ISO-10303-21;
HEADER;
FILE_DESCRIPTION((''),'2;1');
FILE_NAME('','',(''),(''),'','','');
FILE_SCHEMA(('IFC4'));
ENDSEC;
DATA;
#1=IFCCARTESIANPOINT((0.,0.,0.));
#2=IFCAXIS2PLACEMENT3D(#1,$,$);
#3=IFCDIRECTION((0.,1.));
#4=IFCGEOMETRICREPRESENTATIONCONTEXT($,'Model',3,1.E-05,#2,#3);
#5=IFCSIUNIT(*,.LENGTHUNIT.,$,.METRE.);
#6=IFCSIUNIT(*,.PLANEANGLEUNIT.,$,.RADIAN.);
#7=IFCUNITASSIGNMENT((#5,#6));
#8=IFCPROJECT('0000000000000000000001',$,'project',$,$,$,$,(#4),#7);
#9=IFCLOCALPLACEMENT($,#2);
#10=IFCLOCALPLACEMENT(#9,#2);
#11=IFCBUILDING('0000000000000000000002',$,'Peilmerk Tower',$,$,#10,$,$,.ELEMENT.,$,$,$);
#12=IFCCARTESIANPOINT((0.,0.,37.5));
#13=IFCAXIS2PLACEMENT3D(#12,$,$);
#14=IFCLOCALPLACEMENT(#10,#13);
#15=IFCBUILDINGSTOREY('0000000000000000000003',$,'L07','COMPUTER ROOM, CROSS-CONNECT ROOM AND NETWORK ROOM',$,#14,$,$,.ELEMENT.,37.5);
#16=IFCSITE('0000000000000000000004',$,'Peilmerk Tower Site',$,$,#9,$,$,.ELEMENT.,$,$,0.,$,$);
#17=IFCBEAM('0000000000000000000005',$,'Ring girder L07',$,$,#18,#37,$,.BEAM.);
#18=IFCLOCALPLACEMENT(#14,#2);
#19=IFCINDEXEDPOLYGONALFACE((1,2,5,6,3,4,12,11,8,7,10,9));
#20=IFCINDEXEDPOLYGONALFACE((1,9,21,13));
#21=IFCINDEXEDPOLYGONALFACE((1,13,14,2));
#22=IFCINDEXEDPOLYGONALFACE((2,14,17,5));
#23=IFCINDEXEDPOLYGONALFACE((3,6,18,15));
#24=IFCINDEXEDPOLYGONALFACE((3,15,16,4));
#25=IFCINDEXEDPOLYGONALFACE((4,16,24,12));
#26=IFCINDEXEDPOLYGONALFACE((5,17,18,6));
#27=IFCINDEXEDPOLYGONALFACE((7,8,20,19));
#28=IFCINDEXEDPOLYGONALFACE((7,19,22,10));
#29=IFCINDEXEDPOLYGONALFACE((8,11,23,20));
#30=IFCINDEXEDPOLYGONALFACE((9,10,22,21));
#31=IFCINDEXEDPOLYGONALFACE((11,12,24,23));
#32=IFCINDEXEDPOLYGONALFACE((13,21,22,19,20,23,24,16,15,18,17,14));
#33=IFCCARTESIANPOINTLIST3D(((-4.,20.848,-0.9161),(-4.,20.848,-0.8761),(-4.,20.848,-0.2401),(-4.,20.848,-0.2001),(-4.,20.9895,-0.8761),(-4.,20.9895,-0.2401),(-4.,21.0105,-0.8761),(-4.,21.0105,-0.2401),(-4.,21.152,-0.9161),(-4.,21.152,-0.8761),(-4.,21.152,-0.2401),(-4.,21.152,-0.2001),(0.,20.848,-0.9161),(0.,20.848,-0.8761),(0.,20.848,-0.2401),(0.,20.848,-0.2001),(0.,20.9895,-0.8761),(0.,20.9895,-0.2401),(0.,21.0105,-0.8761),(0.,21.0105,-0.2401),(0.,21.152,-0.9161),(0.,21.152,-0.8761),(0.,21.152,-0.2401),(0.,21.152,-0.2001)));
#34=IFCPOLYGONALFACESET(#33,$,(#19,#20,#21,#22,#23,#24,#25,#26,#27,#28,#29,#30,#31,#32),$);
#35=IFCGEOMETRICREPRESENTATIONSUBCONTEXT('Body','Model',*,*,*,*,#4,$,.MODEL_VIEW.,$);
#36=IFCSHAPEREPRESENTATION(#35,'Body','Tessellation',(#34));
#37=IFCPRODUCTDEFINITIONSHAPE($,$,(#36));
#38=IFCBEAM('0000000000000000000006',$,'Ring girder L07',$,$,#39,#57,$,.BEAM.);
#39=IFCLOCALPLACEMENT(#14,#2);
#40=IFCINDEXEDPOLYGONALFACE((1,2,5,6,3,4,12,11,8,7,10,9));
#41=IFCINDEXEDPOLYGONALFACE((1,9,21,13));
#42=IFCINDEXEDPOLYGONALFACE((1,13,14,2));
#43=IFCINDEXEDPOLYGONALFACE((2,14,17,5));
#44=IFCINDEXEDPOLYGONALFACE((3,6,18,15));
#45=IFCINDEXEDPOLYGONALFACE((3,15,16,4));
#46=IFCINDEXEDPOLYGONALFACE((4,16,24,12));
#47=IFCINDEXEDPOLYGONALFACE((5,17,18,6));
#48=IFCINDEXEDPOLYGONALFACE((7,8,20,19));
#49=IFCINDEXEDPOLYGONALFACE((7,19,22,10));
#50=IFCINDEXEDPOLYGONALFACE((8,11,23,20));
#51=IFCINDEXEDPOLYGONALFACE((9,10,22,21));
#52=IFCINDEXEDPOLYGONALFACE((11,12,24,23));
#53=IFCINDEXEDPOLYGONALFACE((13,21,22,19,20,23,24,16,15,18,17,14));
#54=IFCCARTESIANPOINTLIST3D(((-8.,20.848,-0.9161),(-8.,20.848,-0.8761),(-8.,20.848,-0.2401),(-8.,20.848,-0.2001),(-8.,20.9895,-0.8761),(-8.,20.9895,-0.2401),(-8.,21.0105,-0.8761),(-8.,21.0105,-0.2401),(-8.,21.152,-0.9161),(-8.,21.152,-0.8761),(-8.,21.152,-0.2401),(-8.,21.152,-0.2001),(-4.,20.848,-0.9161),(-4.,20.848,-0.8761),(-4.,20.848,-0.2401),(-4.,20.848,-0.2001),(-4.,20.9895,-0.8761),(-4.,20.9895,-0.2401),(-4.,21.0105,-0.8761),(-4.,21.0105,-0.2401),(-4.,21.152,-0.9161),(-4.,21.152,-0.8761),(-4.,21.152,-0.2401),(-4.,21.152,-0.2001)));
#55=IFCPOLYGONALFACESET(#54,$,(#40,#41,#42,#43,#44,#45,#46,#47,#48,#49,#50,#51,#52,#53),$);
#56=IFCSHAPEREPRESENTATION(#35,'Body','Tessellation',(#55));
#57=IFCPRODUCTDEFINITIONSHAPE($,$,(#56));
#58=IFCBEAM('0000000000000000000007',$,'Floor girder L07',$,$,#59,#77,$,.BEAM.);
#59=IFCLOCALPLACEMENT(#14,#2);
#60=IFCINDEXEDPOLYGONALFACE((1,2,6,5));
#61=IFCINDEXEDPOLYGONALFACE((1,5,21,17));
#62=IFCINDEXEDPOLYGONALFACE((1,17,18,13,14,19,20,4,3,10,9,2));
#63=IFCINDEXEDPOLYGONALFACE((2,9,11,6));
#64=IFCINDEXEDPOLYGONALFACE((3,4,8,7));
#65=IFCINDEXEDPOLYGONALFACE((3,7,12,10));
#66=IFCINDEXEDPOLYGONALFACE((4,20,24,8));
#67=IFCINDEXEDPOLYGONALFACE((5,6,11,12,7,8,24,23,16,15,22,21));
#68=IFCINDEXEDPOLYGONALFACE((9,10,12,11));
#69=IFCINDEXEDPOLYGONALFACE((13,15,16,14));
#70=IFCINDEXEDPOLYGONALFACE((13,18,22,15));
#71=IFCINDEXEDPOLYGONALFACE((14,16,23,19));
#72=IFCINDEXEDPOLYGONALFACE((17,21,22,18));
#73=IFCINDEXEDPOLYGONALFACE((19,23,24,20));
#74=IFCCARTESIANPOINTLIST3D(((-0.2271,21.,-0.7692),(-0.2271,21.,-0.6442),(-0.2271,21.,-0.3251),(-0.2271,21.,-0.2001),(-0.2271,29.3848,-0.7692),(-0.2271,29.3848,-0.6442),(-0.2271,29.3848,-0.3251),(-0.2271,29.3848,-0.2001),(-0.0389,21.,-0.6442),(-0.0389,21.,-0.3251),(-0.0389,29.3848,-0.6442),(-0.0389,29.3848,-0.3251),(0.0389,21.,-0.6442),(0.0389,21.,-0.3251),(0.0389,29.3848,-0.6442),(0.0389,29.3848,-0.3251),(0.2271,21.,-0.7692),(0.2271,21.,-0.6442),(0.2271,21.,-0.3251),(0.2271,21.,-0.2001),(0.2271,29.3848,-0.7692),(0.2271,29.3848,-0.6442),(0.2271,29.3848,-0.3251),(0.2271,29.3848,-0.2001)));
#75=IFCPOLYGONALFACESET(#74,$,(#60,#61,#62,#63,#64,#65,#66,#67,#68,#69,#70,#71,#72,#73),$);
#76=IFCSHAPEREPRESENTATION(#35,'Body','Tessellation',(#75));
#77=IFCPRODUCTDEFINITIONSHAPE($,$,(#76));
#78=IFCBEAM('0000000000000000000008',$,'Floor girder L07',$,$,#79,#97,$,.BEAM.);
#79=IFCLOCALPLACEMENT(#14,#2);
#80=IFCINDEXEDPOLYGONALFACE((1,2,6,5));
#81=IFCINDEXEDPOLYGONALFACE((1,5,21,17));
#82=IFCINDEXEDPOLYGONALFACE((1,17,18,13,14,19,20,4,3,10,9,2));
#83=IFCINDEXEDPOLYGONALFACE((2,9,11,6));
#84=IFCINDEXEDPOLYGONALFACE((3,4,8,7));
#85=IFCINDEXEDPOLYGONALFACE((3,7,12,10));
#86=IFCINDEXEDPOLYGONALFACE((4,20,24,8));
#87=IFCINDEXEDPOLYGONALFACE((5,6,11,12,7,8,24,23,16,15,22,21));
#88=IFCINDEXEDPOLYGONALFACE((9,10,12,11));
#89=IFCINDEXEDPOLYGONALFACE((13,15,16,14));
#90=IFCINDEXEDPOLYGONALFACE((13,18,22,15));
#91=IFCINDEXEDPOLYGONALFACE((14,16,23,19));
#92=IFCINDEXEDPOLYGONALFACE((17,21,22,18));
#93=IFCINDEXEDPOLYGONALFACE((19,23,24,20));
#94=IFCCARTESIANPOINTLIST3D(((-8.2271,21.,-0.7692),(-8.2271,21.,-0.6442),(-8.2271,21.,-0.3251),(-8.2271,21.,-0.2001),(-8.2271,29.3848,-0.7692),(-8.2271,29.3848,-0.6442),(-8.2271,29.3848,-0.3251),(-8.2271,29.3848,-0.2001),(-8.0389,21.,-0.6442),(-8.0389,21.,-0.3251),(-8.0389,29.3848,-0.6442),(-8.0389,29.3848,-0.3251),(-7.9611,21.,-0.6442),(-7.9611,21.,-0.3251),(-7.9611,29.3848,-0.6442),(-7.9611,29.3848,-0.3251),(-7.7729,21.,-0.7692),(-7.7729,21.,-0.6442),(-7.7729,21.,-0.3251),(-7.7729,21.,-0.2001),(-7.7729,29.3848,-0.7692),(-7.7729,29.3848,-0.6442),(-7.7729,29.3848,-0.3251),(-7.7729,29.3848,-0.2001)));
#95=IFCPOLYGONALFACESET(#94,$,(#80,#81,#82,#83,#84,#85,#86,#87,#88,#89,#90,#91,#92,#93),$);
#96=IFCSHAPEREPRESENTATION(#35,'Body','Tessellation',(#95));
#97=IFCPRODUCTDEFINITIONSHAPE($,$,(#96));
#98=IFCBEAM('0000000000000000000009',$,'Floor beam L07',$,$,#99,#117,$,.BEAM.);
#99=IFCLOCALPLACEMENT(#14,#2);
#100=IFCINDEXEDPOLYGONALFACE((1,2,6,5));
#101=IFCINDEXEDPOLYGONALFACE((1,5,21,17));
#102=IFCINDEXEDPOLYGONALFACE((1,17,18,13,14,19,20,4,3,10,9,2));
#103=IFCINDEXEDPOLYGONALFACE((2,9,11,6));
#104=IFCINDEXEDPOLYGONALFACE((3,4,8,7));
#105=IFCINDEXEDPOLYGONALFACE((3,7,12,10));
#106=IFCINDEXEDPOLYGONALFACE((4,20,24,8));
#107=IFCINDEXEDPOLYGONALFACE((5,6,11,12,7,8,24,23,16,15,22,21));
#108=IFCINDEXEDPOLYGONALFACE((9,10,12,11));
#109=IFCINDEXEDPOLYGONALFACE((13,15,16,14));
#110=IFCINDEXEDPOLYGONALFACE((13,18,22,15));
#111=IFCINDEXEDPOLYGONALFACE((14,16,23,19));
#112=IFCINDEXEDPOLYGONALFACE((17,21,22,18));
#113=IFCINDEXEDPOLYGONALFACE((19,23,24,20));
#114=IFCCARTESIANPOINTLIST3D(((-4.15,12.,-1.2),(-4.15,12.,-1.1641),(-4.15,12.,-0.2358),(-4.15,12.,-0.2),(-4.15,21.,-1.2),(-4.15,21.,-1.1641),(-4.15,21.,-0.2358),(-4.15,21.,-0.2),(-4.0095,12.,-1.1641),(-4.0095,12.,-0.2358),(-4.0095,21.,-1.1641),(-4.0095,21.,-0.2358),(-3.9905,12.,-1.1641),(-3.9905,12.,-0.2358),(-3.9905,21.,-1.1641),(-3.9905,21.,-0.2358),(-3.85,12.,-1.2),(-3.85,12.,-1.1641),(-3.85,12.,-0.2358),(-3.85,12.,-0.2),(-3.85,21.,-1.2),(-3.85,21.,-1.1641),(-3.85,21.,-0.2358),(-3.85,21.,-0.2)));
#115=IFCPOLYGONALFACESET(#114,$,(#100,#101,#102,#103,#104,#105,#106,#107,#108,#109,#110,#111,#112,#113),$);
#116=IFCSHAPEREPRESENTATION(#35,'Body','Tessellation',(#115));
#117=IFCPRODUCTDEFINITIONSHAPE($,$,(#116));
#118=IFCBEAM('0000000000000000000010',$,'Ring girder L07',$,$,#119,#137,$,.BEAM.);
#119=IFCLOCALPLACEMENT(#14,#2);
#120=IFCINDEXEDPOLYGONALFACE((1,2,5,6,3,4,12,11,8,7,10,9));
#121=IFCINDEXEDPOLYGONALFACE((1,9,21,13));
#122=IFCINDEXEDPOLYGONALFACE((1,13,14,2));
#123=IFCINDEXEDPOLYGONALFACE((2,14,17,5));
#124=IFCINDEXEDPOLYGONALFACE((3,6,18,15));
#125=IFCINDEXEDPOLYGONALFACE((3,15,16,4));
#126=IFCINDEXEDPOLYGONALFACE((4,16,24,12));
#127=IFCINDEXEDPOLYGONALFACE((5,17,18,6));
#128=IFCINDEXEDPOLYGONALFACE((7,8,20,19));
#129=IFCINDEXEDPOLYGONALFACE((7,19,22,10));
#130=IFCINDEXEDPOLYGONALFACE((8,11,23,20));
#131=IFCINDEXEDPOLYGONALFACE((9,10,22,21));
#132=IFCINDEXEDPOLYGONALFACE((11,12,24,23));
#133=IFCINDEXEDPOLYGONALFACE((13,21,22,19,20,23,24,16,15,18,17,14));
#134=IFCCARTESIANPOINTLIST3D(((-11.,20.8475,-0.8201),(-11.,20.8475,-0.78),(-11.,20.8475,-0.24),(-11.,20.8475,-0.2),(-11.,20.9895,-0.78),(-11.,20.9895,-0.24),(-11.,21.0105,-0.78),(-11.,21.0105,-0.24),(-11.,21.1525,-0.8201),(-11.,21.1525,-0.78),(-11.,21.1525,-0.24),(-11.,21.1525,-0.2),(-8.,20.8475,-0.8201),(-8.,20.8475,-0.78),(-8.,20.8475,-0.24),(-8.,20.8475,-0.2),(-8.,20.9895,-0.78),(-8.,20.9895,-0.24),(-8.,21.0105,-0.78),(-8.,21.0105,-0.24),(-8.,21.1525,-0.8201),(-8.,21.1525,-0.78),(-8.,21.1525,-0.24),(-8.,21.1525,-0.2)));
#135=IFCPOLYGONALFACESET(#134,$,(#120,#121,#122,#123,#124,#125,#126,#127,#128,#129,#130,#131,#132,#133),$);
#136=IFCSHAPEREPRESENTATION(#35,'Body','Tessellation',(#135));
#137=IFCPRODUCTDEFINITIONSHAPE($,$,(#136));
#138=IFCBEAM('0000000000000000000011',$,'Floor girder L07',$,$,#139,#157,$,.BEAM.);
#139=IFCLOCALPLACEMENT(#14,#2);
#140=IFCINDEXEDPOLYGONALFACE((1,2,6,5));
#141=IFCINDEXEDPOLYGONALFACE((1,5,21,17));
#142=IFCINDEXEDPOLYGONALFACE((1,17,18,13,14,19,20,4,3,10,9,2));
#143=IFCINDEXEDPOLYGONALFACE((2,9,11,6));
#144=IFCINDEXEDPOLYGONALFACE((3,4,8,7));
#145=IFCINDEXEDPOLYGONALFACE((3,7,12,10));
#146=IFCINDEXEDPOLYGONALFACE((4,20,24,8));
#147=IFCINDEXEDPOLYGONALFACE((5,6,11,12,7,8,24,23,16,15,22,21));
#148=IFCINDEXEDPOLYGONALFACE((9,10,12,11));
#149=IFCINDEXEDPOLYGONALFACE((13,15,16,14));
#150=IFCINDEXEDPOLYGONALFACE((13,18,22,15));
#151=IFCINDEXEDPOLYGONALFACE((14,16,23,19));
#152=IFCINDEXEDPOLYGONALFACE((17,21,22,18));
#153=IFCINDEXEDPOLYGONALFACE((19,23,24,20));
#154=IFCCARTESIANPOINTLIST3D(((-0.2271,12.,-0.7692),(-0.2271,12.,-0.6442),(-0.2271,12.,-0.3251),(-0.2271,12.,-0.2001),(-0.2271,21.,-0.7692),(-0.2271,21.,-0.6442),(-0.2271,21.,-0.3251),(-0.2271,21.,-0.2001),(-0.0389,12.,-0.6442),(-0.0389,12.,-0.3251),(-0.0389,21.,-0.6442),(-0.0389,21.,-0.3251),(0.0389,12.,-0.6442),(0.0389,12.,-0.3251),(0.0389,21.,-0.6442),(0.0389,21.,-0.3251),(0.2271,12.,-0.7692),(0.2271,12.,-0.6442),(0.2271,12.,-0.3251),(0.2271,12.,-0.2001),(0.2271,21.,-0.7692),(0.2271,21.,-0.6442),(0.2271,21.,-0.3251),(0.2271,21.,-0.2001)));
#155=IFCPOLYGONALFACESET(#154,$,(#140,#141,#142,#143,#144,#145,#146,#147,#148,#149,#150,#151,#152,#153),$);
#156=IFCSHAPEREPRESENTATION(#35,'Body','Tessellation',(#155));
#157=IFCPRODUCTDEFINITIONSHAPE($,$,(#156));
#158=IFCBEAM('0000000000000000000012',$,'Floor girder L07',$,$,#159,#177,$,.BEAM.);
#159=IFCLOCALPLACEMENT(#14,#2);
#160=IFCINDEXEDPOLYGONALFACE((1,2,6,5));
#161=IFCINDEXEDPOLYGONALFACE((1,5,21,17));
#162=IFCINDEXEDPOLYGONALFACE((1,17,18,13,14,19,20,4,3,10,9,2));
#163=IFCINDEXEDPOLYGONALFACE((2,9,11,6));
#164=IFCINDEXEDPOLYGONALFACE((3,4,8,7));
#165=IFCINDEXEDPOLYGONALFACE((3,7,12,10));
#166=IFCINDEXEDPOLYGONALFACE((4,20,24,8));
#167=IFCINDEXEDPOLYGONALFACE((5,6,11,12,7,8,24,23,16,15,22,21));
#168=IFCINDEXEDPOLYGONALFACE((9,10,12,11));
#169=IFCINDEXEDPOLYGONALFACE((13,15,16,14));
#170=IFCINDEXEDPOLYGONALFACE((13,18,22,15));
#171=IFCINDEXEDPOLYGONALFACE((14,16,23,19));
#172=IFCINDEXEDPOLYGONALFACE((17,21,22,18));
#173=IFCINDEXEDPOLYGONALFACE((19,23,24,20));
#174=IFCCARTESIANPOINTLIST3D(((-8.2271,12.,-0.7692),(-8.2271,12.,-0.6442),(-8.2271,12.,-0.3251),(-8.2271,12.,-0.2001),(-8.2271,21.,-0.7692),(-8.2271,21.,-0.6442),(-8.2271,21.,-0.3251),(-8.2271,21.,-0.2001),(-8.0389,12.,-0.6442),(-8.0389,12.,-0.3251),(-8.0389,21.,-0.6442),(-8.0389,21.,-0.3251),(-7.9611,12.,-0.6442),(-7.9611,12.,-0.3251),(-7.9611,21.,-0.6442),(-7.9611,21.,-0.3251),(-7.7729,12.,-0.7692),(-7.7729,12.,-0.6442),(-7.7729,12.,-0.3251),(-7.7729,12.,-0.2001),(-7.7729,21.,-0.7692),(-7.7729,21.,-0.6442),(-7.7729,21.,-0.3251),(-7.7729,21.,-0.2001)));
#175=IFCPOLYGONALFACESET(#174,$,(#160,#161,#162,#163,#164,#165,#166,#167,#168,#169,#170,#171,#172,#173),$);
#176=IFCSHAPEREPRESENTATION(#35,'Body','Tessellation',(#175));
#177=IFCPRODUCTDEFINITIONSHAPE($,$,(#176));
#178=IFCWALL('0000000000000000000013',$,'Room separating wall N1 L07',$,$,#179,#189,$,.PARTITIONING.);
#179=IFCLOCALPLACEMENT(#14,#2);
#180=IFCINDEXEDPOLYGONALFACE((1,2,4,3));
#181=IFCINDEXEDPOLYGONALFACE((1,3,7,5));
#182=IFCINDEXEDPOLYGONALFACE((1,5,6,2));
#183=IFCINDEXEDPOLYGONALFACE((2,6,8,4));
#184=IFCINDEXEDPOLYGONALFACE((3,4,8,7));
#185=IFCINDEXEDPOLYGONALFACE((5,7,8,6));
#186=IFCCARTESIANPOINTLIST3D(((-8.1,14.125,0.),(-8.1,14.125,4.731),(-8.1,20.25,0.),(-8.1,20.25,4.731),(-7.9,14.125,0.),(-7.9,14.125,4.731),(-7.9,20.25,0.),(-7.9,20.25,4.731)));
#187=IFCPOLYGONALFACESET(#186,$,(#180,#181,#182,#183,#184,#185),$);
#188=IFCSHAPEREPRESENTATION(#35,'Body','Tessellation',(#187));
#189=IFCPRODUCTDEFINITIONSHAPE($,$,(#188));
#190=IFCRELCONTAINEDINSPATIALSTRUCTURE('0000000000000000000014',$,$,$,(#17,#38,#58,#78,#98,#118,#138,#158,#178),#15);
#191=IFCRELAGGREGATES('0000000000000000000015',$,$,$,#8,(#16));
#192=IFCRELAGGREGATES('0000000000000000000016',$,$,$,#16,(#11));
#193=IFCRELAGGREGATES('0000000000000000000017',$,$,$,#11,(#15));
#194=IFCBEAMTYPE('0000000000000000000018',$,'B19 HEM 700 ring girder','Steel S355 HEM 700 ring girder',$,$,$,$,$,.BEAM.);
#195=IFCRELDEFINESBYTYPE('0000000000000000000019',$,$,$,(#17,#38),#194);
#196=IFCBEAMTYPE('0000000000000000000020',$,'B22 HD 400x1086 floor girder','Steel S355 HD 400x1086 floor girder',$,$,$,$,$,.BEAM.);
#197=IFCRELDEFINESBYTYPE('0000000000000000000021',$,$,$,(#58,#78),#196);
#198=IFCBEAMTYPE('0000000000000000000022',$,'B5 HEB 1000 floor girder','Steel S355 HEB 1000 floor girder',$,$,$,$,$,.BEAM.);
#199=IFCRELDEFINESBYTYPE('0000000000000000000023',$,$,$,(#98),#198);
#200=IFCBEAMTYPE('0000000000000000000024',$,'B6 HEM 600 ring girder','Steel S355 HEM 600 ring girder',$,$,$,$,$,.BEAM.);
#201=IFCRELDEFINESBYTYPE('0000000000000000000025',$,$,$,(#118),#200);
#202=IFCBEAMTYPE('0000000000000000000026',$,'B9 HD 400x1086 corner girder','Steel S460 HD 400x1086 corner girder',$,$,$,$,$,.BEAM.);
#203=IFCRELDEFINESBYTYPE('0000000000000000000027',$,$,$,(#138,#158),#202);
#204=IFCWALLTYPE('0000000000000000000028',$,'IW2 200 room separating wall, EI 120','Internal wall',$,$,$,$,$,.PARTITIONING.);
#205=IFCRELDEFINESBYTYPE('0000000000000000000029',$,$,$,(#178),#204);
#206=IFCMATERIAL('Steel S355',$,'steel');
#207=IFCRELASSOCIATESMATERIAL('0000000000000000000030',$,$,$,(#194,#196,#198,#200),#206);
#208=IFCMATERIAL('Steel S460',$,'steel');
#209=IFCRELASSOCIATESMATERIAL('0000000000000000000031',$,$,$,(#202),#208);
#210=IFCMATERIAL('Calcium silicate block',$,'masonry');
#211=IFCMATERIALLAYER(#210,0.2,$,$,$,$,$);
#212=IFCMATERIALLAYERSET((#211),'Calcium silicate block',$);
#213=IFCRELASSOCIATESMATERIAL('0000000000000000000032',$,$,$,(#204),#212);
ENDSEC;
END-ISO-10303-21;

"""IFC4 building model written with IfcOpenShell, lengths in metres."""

from ifc_helpers import new_model, si_unit, direction, frame, frame_2d, origin, origin_2d, place, context, subcontext, project, spatial, rectangle, i_section, extrude, material, layer, layer_set, material_profile, profile_set, type_object, element, save


model = new_model("IFC4")

# Units and contexts
model_context = context("Model", 3, precision=1e-05, world=origin(), true_north=direction((0.0, 1.0)))
body_context = subcontext(model_context, "Body", "Model", "MODEL_VIEW")
ifc_project = project(units=[si_unit("LENGTHUNIT", "METRE"), si_unit("PLANEANGLEUNIT", "RADIAN")], contexts=[model_context])

# Site, building, storey
site_placement = place(None, origin())
site = spatial("IfcSite", under=ifc_project, at=site_placement, Name="Peilmerk Tower Site", CompositionType="ELEMENT", RefElevation=0.0)
building_placement = place(site_placement, origin())
building = spatial("IfcBuilding", under=site, at=building_placement, Name="Peilmerk Tower", CompositionType="ELEMENT")
storey_placement = place(building_placement, frame((0.0, 0.0, 37.5)))
storey = spatial("IfcBuildingStorey", under=building, at=storey_placement, Name="L07", Description="COMPUTER ROOM, CROSS-CONNECT ROOM AND NETWORK ROOM", CompositionType="ELEMENT", Elevation=37.5)

# Beams
ifc_material_1 = material(Name="Steel S355", Category="steel")
ifc_material_profile_1 = material_profile(ifc_material_1, i_section(OverallWidth=0.304, OverallDepth=0.7161, WebThickness=0.021, FlangeThickness=0.04, at=origin_2d()), Name="HEM 700")
ifc_profile_set_1 = profile_set([ifc_material_profile_1], Name="Steel S355")
beam_type_1 = type_object("IfcBeamType", Name="B19 HEM 700 ring girder", Description="Steel S355 HEM 700 ring girder", PredefinedType="BEAM", material=ifc_profile_set_1)
for number, where, z_axis, x_axis, name in (
    (1, (0.0, 21.0, -0.5581), (-1.0, 0.0, 0.0), (0.0, -1.0, 0.0), "Ring girder L07"),
    (2, (-4.0, 21.0, -0.5581), (-1.0, 0.0, 0.0), (0.0, -1.0, 0.0), "Ring girder L07"),
):
    element("IfcBeam", number, at=place(storey_placement, frame(where, z_axis=z_axis, x_axis=x_axis)), inside=storey, type_object=beam_type_1, Name=name, PredefinedType="BEAM", context=body_context, shape_type="SweptSolid", body=[
        extrude(i_section(OverallWidth=0.304, OverallDepth=0.7161, WebThickness=0.021, FlangeThickness=0.04, at=origin_2d()), origin(), (0.0, 0.0, 1.0), 4.0),
    ])
ifc_material_profile_2 = material_profile(ifc_material_1, i_section(OverallWidth=0.4541, OverallDepth=0.5691, WebThickness=0.0779, FlangeThickness=0.125, at=origin_2d()), Name="HD 400x1086")
ifc_profile_set_2 = profile_set([ifc_material_profile_2], Name="Steel S355")
beam_type_2 = type_object("IfcBeamType", Name="B22 HD 400x1086 floor girder", Description="Steel S355 HD 400x1086 floor girder", PredefinedType="BEAM", material=ifc_profile_set_2)
for number, where, z_axis, x_axis, name in (
    (3, (0.0, 21.0, -0.4846), (0.0, 1.0, 0.0), (-1.0, 0.0, 0.0), "Floor girder L07"),
    (4, (-8.0, 21.0, -0.4846), (0.0, 1.0, 0.0), (-1.0, 0.0, 0.0), "Floor girder L07"),
):
    element("IfcBeam", number, at=place(storey_placement, frame(where, z_axis=z_axis, x_axis=x_axis)), inside=storey, type_object=beam_type_2, Name=name, PredefinedType="BEAM", context=body_context, shape_type="SweptSolid", body=[
        extrude(i_section(OverallWidth=0.4541, OverallDepth=0.5691, WebThickness=0.0779, FlangeThickness=0.125, at=origin_2d()), origin(), (0.0, 0.0, 1.0), 8.3848),
    ])
ifc_material_profile_3 = material_profile(ifc_material_1, i_section(OverallWidth=0.3, OverallDepth=1.0, WebThickness=0.019, FlangeThickness=0.0359, at=origin_2d()), Name="HEB 1000")
ifc_profile_set_3 = profile_set([ifc_material_profile_3], Name="Steel S355")
beam_type_3 = type_object("IfcBeamType", Name="B5 HEB 1000 floor girder", Description="Steel S355 HEB 1000 floor girder", PredefinedType="BEAM", material=ifc_profile_set_3)
beam_1_placement = place(storey_placement, frame((-4.0, 12.0, -0.7), z_axis=(0.0, 1.0, 0.0), x_axis=(-1.0, 0.0, 0.0)))
element("IfcBeam", 5, at=beam_1_placement, inside=storey, type_object=beam_type_3, Name="Floor beam L07", PredefinedType="BEAM", context=body_context, shape_type="SweptSolid", body=[
    extrude(i_section(OverallWidth=0.3, OverallDepth=1.0, WebThickness=0.019, FlangeThickness=0.0359, at=origin_2d()), origin(), (0.0, 0.0, 1.0), 9.0),
])
ifc_material_profile_4 = material_profile(ifc_material_1, i_section(OverallWidth=0.3049, OverallDepth=0.6201, WebThickness=0.021, FlangeThickness=0.04, at=origin_2d()), Name="HEM 600")
ifc_profile_set_4 = profile_set([ifc_material_profile_4], Name="Steel S355")
beam_type_4 = type_object("IfcBeamType", Name="B6 HEM 600 ring girder", Description="Steel S355 HEM 600 ring girder", PredefinedType="BEAM", material=ifc_profile_set_4)
beam_2_placement = place(storey_placement, frame((-8.0, 21.0, -0.51), z_axis=(-1.0, 0.0, 0.0), x_axis=(0.0, -1.0, 0.0)))
element("IfcBeam", 6, at=beam_2_placement, inside=storey, type_object=beam_type_4, Name="Ring girder L07", PredefinedType="BEAM", context=body_context, shape_type="SweptSolid", body=[
    extrude(i_section(OverallWidth=0.3049, OverallDepth=0.6201, WebThickness=0.021, FlangeThickness=0.04, at=origin_2d()), origin(), (0.0, 0.0, 1.0), 3.0),
])
ifc_material_2 = material(Name="Steel S460", Category="steel")
ifc_material_profile_5 = material_profile(ifc_material_2, i_section(OverallWidth=0.4541, OverallDepth=0.5691, WebThickness=0.0779, FlangeThickness=0.125, at=origin_2d()), Name="HD 400x1086")
ifc_profile_set_5 = profile_set([ifc_material_profile_5], Name="Steel S460")
beam_type_5 = type_object("IfcBeamType", Name="B9 HD 400x1086 corner girder", Description="Steel S460 HD 400x1086 corner girder", PredefinedType="BEAM", material=ifc_profile_set_5)
for number, where, z_axis, x_axis, name in (
    (7, (0.0, 12.0, -0.4846), (0.0, 1.0, 0.0), (-1.0, 0.0, 0.0), "Floor girder L07"),
    (8, (-8.0, 12.0, -0.4846), (0.0, 1.0, 0.0), (-1.0, 0.0, 0.0), "Floor girder L07"),
):
    element("IfcBeam", number, at=place(storey_placement, frame(where, z_axis=z_axis, x_axis=x_axis)), inside=storey, type_object=beam_type_5, Name=name, PredefinedType="BEAM", context=body_context, shape_type="SweptSolid", body=[
        extrude(i_section(OverallWidth=0.4541, OverallDepth=0.5691, WebThickness=0.0779, FlangeThickness=0.125, at=origin_2d()), origin(), (0.0, 0.0, 1.0), 9.0),
    ])

# Wall
ifc_material_3 = material(Name="Calcium silicate block", Category="masonry")
ifc_layer = layer(ifc_material_3, 0.2)
ifc_layer_set = layer_set([ifc_layer], Name="Calcium silicate block")
wall_type = type_object("IfcWallType", Name="IW2 200 room separating wall, EI 120", Description="Internal wall", PredefinedType="PARTITIONING", material=ifc_layer_set)
wall_1_placement = place(storey_placement, frame((-8.0, 14.125, 0.0), z_axis=(0.0, 0.0, 1.0), x_axis=(0.0, 1.0, 0.0)))
element("IfcWall", 9, at=wall_1_placement, inside=storey, type_object=wall_type, Name="Room separating wall N1 L07", PredefinedType="PARTITIONING", context=body_context, shape_type="SweptSolid", body=[
    extrude(rectangle(XDim=6.125, YDim=0.2, at=frame_2d((3.0625, 0.0))), origin(), (0.0, 0.0, 1.0), 4.731),
])

save(model, "model.ifc")
